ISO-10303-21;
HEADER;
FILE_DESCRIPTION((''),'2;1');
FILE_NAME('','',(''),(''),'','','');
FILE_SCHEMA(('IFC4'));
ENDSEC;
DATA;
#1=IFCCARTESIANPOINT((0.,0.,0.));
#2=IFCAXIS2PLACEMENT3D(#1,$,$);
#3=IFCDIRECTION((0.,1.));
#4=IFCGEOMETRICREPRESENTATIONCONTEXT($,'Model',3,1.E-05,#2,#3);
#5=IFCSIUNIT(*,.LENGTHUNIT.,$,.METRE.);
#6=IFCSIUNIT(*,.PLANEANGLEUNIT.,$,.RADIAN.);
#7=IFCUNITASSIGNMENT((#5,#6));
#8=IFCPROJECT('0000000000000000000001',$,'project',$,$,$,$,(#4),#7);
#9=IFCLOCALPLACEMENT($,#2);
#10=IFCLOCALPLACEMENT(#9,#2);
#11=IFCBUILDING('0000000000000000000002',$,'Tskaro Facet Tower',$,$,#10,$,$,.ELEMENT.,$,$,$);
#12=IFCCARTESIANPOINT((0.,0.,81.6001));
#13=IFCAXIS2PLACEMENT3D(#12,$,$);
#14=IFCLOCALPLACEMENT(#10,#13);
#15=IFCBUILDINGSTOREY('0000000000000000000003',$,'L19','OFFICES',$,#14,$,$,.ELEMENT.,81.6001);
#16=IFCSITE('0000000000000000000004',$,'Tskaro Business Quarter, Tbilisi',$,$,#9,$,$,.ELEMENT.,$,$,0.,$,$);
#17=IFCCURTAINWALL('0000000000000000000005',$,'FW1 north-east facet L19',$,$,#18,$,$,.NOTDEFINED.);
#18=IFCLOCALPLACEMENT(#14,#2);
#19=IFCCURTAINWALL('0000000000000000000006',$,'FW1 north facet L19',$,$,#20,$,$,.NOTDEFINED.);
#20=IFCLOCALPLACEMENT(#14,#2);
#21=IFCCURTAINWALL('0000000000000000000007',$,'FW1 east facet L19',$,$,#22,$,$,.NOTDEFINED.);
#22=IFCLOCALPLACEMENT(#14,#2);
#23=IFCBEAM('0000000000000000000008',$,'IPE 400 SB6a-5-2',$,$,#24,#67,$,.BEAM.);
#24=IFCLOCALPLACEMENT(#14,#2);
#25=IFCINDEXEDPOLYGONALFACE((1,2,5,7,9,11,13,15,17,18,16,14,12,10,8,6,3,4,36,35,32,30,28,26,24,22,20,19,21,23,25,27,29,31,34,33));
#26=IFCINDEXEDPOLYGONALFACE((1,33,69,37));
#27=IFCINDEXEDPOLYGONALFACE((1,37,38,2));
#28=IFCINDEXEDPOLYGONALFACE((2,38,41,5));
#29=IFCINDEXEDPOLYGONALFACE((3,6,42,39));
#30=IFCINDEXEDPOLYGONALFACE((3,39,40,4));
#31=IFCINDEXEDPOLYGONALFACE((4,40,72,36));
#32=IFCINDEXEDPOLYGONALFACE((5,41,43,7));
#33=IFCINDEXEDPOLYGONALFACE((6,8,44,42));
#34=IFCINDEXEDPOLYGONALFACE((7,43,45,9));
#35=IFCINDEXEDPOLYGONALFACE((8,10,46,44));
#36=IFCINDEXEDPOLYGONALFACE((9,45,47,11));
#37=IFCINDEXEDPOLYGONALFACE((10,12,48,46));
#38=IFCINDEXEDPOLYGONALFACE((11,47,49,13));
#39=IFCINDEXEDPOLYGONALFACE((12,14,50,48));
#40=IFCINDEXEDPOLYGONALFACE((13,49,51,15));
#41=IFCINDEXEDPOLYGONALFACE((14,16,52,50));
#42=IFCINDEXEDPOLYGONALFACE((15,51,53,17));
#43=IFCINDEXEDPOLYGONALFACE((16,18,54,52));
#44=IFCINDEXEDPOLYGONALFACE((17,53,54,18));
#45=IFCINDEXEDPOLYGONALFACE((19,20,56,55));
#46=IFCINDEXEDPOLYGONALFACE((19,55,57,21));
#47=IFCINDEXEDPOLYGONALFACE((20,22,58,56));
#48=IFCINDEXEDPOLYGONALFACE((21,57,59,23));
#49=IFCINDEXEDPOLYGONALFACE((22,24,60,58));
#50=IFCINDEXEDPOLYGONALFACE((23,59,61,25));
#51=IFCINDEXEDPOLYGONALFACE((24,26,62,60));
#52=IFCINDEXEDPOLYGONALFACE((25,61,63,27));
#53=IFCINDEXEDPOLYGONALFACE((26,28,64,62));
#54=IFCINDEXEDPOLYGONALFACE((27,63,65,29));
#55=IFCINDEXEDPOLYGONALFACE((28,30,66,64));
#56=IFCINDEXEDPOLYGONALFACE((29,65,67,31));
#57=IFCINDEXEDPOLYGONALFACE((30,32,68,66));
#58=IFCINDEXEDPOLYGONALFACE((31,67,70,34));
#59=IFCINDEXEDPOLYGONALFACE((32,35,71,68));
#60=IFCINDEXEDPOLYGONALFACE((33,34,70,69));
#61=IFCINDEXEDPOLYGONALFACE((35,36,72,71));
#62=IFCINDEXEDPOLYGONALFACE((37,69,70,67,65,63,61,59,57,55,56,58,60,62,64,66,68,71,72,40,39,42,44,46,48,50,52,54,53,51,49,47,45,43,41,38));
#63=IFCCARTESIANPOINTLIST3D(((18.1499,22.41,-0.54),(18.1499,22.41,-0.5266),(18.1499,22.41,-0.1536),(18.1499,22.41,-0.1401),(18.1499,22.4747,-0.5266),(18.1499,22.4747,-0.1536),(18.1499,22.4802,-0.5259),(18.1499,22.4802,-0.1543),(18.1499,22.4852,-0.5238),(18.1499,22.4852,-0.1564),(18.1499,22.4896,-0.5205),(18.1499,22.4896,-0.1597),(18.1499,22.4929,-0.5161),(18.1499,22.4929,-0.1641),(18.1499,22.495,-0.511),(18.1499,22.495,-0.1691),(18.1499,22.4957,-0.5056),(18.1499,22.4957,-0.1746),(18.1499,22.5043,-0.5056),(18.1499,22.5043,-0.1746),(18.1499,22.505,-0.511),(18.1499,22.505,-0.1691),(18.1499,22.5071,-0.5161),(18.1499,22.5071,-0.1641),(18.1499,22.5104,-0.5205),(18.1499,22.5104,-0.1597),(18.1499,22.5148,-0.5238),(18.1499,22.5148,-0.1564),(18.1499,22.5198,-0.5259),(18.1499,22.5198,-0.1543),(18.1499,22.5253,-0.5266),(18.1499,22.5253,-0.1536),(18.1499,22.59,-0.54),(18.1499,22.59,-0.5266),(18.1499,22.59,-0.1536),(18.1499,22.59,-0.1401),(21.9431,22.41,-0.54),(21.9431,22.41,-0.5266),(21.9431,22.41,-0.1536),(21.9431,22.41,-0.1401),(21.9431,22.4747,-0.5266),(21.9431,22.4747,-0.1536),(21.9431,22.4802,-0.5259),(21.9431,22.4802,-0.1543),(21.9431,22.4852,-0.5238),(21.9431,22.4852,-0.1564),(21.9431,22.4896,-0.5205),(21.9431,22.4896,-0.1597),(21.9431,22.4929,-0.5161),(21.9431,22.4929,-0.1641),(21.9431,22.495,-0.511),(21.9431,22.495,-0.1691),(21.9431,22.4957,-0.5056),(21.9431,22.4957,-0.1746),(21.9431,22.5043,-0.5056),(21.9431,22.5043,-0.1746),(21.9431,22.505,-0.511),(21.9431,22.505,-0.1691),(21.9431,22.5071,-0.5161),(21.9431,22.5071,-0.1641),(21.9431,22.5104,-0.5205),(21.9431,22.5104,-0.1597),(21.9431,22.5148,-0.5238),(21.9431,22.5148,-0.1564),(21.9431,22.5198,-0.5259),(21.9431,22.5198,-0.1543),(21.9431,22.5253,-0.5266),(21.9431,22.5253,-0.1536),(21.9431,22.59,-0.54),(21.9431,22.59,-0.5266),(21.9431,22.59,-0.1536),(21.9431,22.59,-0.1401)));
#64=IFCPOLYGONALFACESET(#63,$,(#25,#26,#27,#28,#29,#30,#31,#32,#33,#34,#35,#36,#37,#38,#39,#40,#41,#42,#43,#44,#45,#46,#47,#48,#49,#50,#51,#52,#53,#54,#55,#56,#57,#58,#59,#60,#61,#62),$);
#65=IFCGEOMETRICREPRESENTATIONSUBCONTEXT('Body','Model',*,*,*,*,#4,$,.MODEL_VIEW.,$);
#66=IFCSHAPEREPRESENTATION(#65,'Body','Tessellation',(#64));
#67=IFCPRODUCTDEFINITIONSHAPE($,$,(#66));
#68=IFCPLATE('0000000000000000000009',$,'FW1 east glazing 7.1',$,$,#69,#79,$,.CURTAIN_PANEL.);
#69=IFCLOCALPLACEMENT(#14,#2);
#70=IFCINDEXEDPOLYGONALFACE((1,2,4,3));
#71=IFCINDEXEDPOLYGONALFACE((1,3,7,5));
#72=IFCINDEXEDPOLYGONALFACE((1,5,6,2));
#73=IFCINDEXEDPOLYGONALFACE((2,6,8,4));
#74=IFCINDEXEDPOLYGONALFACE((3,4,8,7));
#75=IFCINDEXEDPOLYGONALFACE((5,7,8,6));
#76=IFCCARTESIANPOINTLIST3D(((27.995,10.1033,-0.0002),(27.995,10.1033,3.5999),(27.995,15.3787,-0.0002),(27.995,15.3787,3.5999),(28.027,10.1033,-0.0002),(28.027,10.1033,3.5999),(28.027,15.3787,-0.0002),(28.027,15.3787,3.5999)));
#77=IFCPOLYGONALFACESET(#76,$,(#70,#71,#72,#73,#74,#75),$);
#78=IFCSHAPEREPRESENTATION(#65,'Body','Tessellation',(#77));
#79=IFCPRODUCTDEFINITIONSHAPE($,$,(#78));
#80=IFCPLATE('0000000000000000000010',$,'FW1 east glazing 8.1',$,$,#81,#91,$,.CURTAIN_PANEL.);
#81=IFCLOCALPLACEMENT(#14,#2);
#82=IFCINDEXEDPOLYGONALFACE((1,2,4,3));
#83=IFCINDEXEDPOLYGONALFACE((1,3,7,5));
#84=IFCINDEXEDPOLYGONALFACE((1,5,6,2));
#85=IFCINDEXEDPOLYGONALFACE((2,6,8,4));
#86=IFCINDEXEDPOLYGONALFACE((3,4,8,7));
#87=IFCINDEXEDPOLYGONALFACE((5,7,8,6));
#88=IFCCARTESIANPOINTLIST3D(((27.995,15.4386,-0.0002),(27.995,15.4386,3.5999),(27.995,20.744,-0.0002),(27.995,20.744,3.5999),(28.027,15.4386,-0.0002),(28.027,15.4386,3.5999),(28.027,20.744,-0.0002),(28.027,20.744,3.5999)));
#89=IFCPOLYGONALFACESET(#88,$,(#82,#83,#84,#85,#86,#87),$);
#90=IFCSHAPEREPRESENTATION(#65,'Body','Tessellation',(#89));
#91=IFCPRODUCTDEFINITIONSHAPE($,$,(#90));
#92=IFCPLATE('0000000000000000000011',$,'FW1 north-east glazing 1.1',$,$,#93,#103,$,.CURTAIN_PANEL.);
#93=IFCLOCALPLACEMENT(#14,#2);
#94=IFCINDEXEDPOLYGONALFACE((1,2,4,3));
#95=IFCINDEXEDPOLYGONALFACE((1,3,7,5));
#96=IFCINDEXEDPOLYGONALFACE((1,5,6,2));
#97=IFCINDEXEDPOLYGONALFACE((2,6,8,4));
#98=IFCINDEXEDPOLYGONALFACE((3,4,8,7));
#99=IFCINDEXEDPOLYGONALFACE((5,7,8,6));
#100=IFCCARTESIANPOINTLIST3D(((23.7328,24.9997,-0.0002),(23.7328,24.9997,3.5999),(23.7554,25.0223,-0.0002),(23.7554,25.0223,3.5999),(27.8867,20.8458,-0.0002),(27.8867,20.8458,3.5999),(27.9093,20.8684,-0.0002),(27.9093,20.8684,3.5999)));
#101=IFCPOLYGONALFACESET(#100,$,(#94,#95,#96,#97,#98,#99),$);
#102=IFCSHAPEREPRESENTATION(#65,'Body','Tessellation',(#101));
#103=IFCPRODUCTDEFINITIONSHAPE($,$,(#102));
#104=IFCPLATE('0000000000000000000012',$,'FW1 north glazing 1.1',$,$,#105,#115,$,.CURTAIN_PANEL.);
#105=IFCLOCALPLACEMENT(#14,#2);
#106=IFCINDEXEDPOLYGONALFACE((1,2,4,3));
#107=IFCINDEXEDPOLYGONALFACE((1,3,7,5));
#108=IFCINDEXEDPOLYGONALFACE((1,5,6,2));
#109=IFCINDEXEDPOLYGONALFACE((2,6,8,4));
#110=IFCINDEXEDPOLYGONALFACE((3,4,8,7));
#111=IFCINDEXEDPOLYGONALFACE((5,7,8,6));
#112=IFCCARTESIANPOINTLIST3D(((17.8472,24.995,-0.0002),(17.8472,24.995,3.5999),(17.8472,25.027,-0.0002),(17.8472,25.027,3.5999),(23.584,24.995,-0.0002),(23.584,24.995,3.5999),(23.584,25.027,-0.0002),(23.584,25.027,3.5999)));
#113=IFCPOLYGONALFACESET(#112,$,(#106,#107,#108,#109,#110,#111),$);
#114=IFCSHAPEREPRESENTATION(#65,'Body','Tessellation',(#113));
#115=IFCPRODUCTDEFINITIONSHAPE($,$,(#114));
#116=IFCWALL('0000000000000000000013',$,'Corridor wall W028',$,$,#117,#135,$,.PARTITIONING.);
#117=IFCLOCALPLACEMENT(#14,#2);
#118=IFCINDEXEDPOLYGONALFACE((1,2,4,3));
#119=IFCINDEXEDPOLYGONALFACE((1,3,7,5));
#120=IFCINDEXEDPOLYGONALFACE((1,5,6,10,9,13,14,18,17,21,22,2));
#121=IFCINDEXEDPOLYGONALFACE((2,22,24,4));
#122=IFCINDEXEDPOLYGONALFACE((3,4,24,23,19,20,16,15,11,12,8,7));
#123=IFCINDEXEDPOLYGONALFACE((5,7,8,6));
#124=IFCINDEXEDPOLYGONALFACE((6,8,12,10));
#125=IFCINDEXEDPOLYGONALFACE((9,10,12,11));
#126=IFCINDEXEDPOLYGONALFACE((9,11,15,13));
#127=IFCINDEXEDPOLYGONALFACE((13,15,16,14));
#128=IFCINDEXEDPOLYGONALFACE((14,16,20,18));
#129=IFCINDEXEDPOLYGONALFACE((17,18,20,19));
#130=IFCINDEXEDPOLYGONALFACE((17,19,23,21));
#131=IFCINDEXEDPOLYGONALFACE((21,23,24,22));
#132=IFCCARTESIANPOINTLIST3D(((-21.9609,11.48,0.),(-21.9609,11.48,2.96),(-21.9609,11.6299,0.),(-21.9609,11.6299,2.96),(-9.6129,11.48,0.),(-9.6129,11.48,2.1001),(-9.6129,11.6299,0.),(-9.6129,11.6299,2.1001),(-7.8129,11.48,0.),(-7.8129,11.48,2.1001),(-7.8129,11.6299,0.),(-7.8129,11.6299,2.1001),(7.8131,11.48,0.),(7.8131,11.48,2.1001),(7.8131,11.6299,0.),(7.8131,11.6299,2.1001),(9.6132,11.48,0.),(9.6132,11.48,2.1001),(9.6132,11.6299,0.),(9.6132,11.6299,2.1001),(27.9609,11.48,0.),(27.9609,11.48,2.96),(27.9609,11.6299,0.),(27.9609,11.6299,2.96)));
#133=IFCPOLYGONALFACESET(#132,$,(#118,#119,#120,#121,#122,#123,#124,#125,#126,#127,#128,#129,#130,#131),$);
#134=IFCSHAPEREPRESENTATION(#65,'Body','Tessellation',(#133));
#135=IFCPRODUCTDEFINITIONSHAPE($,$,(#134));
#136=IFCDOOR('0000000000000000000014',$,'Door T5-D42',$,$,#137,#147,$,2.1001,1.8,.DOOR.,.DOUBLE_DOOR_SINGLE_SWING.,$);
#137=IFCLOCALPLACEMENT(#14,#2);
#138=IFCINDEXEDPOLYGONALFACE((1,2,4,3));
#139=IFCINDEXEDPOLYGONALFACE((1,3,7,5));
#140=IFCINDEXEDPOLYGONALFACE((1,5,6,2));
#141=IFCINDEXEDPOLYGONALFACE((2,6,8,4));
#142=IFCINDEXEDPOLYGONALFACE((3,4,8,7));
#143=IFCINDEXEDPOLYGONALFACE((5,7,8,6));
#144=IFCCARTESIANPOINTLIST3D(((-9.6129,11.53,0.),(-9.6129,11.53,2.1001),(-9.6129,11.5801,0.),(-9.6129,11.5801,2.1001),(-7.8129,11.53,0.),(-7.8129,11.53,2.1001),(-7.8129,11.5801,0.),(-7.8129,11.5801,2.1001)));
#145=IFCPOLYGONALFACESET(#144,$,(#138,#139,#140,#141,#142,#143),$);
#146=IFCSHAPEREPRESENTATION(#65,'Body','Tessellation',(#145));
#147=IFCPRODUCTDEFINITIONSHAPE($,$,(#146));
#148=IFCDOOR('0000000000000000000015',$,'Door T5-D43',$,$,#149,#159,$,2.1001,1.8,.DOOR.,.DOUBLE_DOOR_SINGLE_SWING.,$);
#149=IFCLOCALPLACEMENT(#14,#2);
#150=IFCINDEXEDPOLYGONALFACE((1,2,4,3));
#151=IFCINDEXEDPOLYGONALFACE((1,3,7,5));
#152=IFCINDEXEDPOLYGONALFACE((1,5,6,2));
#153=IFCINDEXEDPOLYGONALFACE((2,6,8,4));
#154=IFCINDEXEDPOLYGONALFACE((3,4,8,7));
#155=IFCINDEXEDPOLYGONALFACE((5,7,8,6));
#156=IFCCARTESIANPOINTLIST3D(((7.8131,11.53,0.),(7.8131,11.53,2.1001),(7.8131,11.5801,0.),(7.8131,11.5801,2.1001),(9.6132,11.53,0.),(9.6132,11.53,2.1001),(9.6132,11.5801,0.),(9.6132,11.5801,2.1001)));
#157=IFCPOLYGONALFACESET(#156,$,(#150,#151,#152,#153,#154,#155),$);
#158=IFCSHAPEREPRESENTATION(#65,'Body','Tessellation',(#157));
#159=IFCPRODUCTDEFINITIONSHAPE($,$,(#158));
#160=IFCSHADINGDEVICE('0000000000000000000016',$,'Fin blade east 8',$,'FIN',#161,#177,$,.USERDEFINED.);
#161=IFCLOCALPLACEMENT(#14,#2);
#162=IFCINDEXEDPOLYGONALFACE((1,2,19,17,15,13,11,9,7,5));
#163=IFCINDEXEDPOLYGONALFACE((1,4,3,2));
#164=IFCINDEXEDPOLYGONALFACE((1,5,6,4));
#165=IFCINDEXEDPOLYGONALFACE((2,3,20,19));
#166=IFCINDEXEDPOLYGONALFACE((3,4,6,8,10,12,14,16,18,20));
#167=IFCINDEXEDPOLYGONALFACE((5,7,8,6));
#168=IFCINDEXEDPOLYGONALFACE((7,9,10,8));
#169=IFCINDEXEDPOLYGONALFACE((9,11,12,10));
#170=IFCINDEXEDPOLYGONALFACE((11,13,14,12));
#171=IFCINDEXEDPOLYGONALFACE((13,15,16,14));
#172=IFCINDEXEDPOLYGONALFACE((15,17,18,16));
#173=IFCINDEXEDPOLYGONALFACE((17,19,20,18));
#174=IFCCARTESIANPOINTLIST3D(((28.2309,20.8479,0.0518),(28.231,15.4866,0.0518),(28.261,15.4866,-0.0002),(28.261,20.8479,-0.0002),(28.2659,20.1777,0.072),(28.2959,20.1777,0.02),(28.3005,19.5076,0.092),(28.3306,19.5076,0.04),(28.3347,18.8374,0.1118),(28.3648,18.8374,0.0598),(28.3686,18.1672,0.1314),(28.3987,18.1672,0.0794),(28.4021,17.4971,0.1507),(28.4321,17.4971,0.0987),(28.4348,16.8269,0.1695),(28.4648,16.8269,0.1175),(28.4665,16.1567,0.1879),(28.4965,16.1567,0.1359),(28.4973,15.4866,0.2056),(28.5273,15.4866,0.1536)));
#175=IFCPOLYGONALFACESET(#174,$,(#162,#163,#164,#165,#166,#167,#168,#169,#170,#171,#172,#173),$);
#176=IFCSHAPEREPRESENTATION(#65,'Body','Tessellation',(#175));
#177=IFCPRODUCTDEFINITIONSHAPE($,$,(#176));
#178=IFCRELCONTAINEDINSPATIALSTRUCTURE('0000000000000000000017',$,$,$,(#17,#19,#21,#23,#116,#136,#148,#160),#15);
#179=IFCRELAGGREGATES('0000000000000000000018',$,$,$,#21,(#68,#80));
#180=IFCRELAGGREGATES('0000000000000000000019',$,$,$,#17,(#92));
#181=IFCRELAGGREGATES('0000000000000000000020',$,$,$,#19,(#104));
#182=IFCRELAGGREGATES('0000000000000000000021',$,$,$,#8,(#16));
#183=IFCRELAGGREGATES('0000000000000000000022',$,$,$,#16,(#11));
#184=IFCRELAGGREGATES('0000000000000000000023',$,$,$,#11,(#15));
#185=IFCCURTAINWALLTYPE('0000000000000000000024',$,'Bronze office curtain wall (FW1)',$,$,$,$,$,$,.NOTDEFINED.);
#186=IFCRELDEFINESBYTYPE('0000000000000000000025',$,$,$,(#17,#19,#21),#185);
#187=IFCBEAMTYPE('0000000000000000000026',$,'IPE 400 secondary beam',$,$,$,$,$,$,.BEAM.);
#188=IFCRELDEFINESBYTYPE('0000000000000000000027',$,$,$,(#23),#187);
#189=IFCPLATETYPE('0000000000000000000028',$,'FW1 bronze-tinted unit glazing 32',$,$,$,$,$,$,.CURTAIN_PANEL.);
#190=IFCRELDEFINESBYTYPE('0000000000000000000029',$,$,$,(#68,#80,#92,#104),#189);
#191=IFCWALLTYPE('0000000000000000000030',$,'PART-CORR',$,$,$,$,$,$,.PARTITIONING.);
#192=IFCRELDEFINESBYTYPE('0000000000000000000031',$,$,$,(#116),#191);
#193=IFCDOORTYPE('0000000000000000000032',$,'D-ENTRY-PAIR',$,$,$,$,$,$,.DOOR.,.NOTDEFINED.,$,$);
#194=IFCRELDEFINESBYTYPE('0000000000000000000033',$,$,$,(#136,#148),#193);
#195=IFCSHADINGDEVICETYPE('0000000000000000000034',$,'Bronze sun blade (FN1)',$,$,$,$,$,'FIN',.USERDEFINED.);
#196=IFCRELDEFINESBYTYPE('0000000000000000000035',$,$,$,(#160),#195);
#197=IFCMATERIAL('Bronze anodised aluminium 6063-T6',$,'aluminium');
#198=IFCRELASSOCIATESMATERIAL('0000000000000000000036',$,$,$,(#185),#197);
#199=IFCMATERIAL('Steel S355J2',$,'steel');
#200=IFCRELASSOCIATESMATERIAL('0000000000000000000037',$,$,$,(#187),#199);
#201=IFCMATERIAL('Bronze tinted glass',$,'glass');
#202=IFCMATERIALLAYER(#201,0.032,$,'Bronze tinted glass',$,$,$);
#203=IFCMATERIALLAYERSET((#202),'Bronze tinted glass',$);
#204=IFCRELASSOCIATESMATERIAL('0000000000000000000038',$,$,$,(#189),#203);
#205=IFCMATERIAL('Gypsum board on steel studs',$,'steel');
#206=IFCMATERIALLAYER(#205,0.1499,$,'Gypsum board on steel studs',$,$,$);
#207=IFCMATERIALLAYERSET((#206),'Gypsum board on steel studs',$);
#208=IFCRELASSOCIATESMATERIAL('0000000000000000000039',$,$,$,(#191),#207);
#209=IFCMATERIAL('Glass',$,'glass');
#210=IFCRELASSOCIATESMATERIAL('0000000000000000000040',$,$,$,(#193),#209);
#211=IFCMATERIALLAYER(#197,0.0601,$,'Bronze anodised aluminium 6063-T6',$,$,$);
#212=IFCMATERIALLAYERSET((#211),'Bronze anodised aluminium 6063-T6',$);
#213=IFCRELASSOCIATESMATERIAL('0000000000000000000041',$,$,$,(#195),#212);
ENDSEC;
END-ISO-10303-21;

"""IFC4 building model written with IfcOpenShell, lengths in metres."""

from ifc_helpers import new_model, si_unit, direction, frame, frame_2d, origin, origin_2d, place, context, subcontext, project, spatial, polyline, rectangle, i_section, outline, extrude, material, layer, layer_set, material_profile, profile_set, type_object, element, fill, aggregate, save


model = new_model("IFC4")

# Units and contexts
model_context = context("Model", 3, precision=1e-05, world=origin(), true_north=direction((0.0, 1.0)))
body_context = subcontext(model_context, "Body", "Model", "MODEL_VIEW")
ifc_project = project(units=[si_unit("LENGTHUNIT", "METRE"), si_unit("PLANEANGLEUNIT", "RADIAN")], contexts=[model_context])

# Site, building, storey
site_placement = place(None, origin())
site = spatial("IfcSite", under=ifc_project, at=site_placement, Name="Tskaro Business Quarter, Tbilisi", CompositionType="ELEMENT", RefElevation=0.0)
building_placement = place(site_placement, origin())
building = spatial("IfcBuilding", under=site, at=building_placement, Name="Tskaro Facet Tower", CompositionType="ELEMENT")
storey_placement = place(building_placement, frame((0.0, 0.0, 81.6001)))
storey = spatial("IfcBuildingStorey", under=building, at=storey_placement, Name="L19", Description="OFFICES", CompositionType="ELEMENT", Elevation=81.6001)

# Curtain walls
ifc_material_1 = material(Name="Bronze anodised aluminium 6063-T6", Category="aluminium")
curtain_wall_type = type_object("IfcCurtainWallType", Name="Bronze office curtain wall (FW1)", PredefinedType="NOTDEFINED", material=ifc_material_1)
curtain_wall_1_placement = place(storey_placement, origin())
curtain_wall_1 = element("IfcCurtainWall", 1, at=curtain_wall_1_placement, inside=storey, type_object=curtain_wall_type, Name="FW1 north-east facet L19", PredefinedType="NOTDEFINED")
curtain_wall_2_placement = place(storey_placement, origin())
curtain_wall_2 = element("IfcCurtainWall", 2, at=curtain_wall_2_placement, inside=storey, type_object=curtain_wall_type, Name="FW1 north facet L19", PredefinedType="NOTDEFINED")

# Curtain wall
curtain_wall_3_placement = place(storey_placement, origin())
curtain_wall_3 = element("IfcCurtainWall", 3, at=curtain_wall_3_placement, inside=storey, type_object=curtain_wall_type, Name="FW1 east facet L19", PredefinedType="NOTDEFINED")

# Beam
ifc_material_2 = material(Name="Steel S355J2", Category="steel")
ifc_material_profile_1 = material_profile(ifc_material_2, i_section(OverallWidth=0.1799, OverallDepth=0.3999, WebThickness=0.0085, FlangeThickness=0.0134, FilletRadius=0.021, at=origin_2d()), Name="IPE 400")
ifc_profile_set_1 = profile_set([ifc_material_profile_1], Name="Steel S355J2")
beam_type_1 = type_object("IfcBeamType", Name="IPE 400 secondary beam", PredefinedType="BEAM", material=ifc_profile_set_1)
beam_1_placement = place(storey_placement, frame((18.1499, 22.5, -0.3401), z_axis=(1.0, 0.0, 0.0), x_axis=(0.0, 1.0, 0.0)))
element("IfcBeam", 4, at=beam_1_placement, inside=storey, type_object=beam_type_1, Name="IPE 400 SB6a-5-2", PredefinedType="BEAM", context=body_context, shape_type="SweptSolid", body=[
    extrude(i_section(OverallWidth=0.1799, OverallDepth=0.3999, WebThickness=0.0085, FlangeThickness=0.0134, FilletRadius=0.021, at=origin_2d()), origin(), (0.0, 0.0, 1.0), 3.7932),
])

# Plates
ifc_material_3 = material(Name="Bronze tinted glass", Category="glass")
ifc_layer_1 = layer(ifc_material_3, 0.032, Name="Bronze tinted glass")
ifc_layer_set_1 = layer_set([ifc_layer_1], Name="Bronze tinted glass")
plate_type = type_object("IfcPlateType", Name="FW1 bronze-tinted unit glazing 32", PredefinedType="CURTAIN_PANEL", material=ifc_layer_set_1)
plate_1_placement = place(storey_placement, frame((28.011, 12.741, -0.0002), z_axis=(0.0, 0.0, 1.0), x_axis=(0.0, 1.0, 0.0)))
plate_1 = element("IfcPlate", 5, at=plate_1_placement, type_object=plate_type, Name="FW1 east glazing 7.1", PredefinedType="CURTAIN_PANEL", context=body_context, shape_type="SweptSolid", body=[
    extrude(rectangle(XDim=5.2754, YDim=0.032, at=origin_2d()), origin(), (0.0, 0.0, 1.0), 3.6001),
])
plate_2_placement = place(storey_placement, frame((28.011, 18.0913, -0.0002), z_axis=(0.0, 0.0, 1.0), x_axis=(0.0, 1.0, 0.0)))
plate_2 = element("IfcPlate", 6, at=plate_2_placement, type_object=plate_type, Name="FW1 east glazing 8.1", PredefinedType="CURTAIN_PANEL", context=body_context, shape_type="SweptSolid", body=[
    extrude(rectangle(XDim=5.3054, YDim=0.032, at=origin_2d()), origin(), (0.0, 0.0, 1.0), 3.6001),
])
aggregate(curtain_wall_3, [plate_1, plate_2])
plate_3_placement = place(storey_placement, frame((25.821, 22.9341, -0.0002), z_axis=(0.0, 0.0, 1.0), x_axis=(-0.707107, 0.707107, 0.0)))
plate_3 = element("IfcPlate", 7, at=plate_3_placement, type_object=plate_type, Name="FW1 north-east glazing 1.1", PredefinedType="CURTAIN_PANEL", context=body_context, shape_type="SweptSolid", body=[
    extrude(rectangle(XDim=5.8745, YDim=0.032, at=origin_2d()), origin(), (0.0, 0.0, 1.0), 3.6001),
])
aggregate(curtain_wall_1, [plate_3])
plate_4_placement = place(storey_placement, frame((20.7156, 25.011, -0.0002), z_axis=(0.0, 0.0, 1.0), x_axis=(-1.0, 0.0, 0.0)))
plate_4 = element("IfcPlate", 8, at=plate_4_placement, type_object=plate_type, Name="FW1 north glazing 1.1", PredefinedType="CURTAIN_PANEL", context=body_context, shape_type="SweptSolid", body=[
    extrude(rectangle(XDim=5.7368, YDim=0.032, at=origin_2d()), origin(), (0.0, 0.0, 1.0), 3.6001),
])
aggregate(curtain_wall_2, [plate_4])

# Wall, openings, doors
ifc_material_4 = material(Name="Gypsum board on steel studs", Category="steel")
ifc_layer_2 = layer(ifc_material_4, 0.1499, Name="Gypsum board on steel studs")
ifc_layer_set_2 = layer_set([ifc_layer_2], Name="Gypsum board on steel studs")
wall_type = type_object("IfcWallType", Name="PART-CORR", PredefinedType="PARTITIONING", material=ifc_layer_set_2)
wall_placement = place(storey_placement, frame((27.9609, 11.5549, 0.0), z_axis=(0.0, 0.0, 1.0), x_axis=(-1.0, 0.0, 0.0)))
wall = element("IfcWall", 9, at=wall_placement, inside=storey, type_object=wall_type, Name="Corridor wall W028", PredefinedType="PARTITIONING", context=body_context, shape_type="SweptSolid", body=[
    extrude(rectangle(XDim=49.9219, YDim=0.1499, at=frame_2d((24.9609, 0.0))), origin(), (0.0, 0.0, 1.0), 2.96),
])
opening_1_placement = place(wall_placement, frame((35.7739, 0.0, 0.0)))
opening_1 = element("IfcOpeningElement", 10, at=opening_1_placement, cuts=wall, PredefinedType="OPENING", context=body_context, shape_type="SweptSolid", body=[
    extrude(rectangle(XDim=1.8, YDim=2.1001, at=frame_2d((0.8999, 1.05))), frame((0.0, 0.085, 0.0), z_axis=(0.0, -1.0, 0.0), x_axis=(1.0, 0.0, 0.0)), (0.0, 0.0, 1.0), 0.1699),
])
opening_2_placement = place(wall_placement, frame((18.3479, 0.0, 0.0)))
opening_2 = element("IfcOpeningElement", 11, at=opening_2_placement, cuts=wall, PredefinedType="OPENING", context=body_context, shape_type="SweptSolid", body=[
    extrude(rectangle(XDim=1.8, YDim=2.1001, at=frame_2d((0.8999, 1.05))), frame((0.0, 0.085, 0.0), z_axis=(0.0, -1.0, 0.0), x_axis=(1.0, 0.0, 0.0)), (0.0, 0.0, 1.0), 0.1699),
])
ifc_material_5 = material(Name="Glass", Category="glass")
door_type = type_object("IfcDoorType", Name="D-ENTRY-PAIR", OperationType="NOTDEFINED", PredefinedType="DOOR", material=ifc_material_5)
door_1_placement = place(opening_1_placement, origin())
door_1 = element("IfcDoor", 12, at=door_1_placement, inside=storey, type_object=door_type, Name="Door T5-D42", OperationType="DOUBLE_DOOR_SINGLE_SWING", OverallHeight=2.1001, OverallWidth=1.8, PredefinedType="DOOR", context=body_context, shape_type="SweptSolid", body=[
    extrude(rectangle(XDim=1.8, YDim=2.1001, at=frame_2d((0.8999, 1.05))), frame((0.0, 0.0249, 0.0), z_axis=(0.0, -1.0, 0.0), x_axis=(1.0, 0.0, 0.0)), (0.0, 0.0, 1.0), 0.05),
])
fill(opening_1, door_1)
door_2_placement = place(opening_2_placement, origin())
door_2 = element("IfcDoor", 13, at=door_2_placement, inside=storey, type_object=door_type, Name="Door T5-D43", OperationType="DOUBLE_DOOR_SINGLE_SWING", OverallHeight=2.1001, OverallWidth=1.8, PredefinedType="DOOR", context=body_context, shape_type="SweptSolid", body=[
    extrude(rectangle(XDim=1.8, YDim=2.1001, at=frame_2d((0.8999, 1.05))), frame((0.0, 0.0249, 0.0), z_axis=(0.0, -1.0, 0.0), x_axis=(1.0, 0.0, 0.0)), (0.0, 0.0, 1.0), 0.05),
])
fill(opening_2, door_2)

# Shading device
ifc_layer_3 = layer(ifc_material_1, 0.0601, Name="Bronze anodised aluminium 6063-T6")
ifc_layer_set_3 = layer_set([ifc_layer_3], Name="Bronze anodised aluminium 6063-T6")
shading_device_type = type_object("IfcShadingDeviceType", Name="Bronze sun blade (FN1)", ElementType="FIN", PredefinedType="USERDEFINED", material=ifc_layer_set_3)
shading_device_1_placement = place(storey_placement, frame((28.231, 15.4866, 0.0518), z_axis=(-0.500291, -0.000016, 0.865858), x_axis=(-0.000008, 1.0, 0.000013)))
element("IfcShadingDevice", 14, at=shading_device_1_placement, inside=storey, type_object=shading_device_type, Name="Fin blade east 8", ObjectType="FIN", PredefinedType="USERDEFINED", context=body_context, shape_type="SweptSolid", body=[
    extrude(outline(polyline([(0.0, 0.0), (5.3613, 0.0), (4.6912, -0.0404), (4.021, -0.0804), (3.3508, -0.1199), (2.6807, -0.159), (2.0105, -0.1977), (1.3403, -0.2354), (0.6702, -0.272), (0.0, -0.3076), (0.0, 0.0)])), origin(), (0.0, 0.0, -1.0), 0.0601),
])

save(model, "model.ifc")
